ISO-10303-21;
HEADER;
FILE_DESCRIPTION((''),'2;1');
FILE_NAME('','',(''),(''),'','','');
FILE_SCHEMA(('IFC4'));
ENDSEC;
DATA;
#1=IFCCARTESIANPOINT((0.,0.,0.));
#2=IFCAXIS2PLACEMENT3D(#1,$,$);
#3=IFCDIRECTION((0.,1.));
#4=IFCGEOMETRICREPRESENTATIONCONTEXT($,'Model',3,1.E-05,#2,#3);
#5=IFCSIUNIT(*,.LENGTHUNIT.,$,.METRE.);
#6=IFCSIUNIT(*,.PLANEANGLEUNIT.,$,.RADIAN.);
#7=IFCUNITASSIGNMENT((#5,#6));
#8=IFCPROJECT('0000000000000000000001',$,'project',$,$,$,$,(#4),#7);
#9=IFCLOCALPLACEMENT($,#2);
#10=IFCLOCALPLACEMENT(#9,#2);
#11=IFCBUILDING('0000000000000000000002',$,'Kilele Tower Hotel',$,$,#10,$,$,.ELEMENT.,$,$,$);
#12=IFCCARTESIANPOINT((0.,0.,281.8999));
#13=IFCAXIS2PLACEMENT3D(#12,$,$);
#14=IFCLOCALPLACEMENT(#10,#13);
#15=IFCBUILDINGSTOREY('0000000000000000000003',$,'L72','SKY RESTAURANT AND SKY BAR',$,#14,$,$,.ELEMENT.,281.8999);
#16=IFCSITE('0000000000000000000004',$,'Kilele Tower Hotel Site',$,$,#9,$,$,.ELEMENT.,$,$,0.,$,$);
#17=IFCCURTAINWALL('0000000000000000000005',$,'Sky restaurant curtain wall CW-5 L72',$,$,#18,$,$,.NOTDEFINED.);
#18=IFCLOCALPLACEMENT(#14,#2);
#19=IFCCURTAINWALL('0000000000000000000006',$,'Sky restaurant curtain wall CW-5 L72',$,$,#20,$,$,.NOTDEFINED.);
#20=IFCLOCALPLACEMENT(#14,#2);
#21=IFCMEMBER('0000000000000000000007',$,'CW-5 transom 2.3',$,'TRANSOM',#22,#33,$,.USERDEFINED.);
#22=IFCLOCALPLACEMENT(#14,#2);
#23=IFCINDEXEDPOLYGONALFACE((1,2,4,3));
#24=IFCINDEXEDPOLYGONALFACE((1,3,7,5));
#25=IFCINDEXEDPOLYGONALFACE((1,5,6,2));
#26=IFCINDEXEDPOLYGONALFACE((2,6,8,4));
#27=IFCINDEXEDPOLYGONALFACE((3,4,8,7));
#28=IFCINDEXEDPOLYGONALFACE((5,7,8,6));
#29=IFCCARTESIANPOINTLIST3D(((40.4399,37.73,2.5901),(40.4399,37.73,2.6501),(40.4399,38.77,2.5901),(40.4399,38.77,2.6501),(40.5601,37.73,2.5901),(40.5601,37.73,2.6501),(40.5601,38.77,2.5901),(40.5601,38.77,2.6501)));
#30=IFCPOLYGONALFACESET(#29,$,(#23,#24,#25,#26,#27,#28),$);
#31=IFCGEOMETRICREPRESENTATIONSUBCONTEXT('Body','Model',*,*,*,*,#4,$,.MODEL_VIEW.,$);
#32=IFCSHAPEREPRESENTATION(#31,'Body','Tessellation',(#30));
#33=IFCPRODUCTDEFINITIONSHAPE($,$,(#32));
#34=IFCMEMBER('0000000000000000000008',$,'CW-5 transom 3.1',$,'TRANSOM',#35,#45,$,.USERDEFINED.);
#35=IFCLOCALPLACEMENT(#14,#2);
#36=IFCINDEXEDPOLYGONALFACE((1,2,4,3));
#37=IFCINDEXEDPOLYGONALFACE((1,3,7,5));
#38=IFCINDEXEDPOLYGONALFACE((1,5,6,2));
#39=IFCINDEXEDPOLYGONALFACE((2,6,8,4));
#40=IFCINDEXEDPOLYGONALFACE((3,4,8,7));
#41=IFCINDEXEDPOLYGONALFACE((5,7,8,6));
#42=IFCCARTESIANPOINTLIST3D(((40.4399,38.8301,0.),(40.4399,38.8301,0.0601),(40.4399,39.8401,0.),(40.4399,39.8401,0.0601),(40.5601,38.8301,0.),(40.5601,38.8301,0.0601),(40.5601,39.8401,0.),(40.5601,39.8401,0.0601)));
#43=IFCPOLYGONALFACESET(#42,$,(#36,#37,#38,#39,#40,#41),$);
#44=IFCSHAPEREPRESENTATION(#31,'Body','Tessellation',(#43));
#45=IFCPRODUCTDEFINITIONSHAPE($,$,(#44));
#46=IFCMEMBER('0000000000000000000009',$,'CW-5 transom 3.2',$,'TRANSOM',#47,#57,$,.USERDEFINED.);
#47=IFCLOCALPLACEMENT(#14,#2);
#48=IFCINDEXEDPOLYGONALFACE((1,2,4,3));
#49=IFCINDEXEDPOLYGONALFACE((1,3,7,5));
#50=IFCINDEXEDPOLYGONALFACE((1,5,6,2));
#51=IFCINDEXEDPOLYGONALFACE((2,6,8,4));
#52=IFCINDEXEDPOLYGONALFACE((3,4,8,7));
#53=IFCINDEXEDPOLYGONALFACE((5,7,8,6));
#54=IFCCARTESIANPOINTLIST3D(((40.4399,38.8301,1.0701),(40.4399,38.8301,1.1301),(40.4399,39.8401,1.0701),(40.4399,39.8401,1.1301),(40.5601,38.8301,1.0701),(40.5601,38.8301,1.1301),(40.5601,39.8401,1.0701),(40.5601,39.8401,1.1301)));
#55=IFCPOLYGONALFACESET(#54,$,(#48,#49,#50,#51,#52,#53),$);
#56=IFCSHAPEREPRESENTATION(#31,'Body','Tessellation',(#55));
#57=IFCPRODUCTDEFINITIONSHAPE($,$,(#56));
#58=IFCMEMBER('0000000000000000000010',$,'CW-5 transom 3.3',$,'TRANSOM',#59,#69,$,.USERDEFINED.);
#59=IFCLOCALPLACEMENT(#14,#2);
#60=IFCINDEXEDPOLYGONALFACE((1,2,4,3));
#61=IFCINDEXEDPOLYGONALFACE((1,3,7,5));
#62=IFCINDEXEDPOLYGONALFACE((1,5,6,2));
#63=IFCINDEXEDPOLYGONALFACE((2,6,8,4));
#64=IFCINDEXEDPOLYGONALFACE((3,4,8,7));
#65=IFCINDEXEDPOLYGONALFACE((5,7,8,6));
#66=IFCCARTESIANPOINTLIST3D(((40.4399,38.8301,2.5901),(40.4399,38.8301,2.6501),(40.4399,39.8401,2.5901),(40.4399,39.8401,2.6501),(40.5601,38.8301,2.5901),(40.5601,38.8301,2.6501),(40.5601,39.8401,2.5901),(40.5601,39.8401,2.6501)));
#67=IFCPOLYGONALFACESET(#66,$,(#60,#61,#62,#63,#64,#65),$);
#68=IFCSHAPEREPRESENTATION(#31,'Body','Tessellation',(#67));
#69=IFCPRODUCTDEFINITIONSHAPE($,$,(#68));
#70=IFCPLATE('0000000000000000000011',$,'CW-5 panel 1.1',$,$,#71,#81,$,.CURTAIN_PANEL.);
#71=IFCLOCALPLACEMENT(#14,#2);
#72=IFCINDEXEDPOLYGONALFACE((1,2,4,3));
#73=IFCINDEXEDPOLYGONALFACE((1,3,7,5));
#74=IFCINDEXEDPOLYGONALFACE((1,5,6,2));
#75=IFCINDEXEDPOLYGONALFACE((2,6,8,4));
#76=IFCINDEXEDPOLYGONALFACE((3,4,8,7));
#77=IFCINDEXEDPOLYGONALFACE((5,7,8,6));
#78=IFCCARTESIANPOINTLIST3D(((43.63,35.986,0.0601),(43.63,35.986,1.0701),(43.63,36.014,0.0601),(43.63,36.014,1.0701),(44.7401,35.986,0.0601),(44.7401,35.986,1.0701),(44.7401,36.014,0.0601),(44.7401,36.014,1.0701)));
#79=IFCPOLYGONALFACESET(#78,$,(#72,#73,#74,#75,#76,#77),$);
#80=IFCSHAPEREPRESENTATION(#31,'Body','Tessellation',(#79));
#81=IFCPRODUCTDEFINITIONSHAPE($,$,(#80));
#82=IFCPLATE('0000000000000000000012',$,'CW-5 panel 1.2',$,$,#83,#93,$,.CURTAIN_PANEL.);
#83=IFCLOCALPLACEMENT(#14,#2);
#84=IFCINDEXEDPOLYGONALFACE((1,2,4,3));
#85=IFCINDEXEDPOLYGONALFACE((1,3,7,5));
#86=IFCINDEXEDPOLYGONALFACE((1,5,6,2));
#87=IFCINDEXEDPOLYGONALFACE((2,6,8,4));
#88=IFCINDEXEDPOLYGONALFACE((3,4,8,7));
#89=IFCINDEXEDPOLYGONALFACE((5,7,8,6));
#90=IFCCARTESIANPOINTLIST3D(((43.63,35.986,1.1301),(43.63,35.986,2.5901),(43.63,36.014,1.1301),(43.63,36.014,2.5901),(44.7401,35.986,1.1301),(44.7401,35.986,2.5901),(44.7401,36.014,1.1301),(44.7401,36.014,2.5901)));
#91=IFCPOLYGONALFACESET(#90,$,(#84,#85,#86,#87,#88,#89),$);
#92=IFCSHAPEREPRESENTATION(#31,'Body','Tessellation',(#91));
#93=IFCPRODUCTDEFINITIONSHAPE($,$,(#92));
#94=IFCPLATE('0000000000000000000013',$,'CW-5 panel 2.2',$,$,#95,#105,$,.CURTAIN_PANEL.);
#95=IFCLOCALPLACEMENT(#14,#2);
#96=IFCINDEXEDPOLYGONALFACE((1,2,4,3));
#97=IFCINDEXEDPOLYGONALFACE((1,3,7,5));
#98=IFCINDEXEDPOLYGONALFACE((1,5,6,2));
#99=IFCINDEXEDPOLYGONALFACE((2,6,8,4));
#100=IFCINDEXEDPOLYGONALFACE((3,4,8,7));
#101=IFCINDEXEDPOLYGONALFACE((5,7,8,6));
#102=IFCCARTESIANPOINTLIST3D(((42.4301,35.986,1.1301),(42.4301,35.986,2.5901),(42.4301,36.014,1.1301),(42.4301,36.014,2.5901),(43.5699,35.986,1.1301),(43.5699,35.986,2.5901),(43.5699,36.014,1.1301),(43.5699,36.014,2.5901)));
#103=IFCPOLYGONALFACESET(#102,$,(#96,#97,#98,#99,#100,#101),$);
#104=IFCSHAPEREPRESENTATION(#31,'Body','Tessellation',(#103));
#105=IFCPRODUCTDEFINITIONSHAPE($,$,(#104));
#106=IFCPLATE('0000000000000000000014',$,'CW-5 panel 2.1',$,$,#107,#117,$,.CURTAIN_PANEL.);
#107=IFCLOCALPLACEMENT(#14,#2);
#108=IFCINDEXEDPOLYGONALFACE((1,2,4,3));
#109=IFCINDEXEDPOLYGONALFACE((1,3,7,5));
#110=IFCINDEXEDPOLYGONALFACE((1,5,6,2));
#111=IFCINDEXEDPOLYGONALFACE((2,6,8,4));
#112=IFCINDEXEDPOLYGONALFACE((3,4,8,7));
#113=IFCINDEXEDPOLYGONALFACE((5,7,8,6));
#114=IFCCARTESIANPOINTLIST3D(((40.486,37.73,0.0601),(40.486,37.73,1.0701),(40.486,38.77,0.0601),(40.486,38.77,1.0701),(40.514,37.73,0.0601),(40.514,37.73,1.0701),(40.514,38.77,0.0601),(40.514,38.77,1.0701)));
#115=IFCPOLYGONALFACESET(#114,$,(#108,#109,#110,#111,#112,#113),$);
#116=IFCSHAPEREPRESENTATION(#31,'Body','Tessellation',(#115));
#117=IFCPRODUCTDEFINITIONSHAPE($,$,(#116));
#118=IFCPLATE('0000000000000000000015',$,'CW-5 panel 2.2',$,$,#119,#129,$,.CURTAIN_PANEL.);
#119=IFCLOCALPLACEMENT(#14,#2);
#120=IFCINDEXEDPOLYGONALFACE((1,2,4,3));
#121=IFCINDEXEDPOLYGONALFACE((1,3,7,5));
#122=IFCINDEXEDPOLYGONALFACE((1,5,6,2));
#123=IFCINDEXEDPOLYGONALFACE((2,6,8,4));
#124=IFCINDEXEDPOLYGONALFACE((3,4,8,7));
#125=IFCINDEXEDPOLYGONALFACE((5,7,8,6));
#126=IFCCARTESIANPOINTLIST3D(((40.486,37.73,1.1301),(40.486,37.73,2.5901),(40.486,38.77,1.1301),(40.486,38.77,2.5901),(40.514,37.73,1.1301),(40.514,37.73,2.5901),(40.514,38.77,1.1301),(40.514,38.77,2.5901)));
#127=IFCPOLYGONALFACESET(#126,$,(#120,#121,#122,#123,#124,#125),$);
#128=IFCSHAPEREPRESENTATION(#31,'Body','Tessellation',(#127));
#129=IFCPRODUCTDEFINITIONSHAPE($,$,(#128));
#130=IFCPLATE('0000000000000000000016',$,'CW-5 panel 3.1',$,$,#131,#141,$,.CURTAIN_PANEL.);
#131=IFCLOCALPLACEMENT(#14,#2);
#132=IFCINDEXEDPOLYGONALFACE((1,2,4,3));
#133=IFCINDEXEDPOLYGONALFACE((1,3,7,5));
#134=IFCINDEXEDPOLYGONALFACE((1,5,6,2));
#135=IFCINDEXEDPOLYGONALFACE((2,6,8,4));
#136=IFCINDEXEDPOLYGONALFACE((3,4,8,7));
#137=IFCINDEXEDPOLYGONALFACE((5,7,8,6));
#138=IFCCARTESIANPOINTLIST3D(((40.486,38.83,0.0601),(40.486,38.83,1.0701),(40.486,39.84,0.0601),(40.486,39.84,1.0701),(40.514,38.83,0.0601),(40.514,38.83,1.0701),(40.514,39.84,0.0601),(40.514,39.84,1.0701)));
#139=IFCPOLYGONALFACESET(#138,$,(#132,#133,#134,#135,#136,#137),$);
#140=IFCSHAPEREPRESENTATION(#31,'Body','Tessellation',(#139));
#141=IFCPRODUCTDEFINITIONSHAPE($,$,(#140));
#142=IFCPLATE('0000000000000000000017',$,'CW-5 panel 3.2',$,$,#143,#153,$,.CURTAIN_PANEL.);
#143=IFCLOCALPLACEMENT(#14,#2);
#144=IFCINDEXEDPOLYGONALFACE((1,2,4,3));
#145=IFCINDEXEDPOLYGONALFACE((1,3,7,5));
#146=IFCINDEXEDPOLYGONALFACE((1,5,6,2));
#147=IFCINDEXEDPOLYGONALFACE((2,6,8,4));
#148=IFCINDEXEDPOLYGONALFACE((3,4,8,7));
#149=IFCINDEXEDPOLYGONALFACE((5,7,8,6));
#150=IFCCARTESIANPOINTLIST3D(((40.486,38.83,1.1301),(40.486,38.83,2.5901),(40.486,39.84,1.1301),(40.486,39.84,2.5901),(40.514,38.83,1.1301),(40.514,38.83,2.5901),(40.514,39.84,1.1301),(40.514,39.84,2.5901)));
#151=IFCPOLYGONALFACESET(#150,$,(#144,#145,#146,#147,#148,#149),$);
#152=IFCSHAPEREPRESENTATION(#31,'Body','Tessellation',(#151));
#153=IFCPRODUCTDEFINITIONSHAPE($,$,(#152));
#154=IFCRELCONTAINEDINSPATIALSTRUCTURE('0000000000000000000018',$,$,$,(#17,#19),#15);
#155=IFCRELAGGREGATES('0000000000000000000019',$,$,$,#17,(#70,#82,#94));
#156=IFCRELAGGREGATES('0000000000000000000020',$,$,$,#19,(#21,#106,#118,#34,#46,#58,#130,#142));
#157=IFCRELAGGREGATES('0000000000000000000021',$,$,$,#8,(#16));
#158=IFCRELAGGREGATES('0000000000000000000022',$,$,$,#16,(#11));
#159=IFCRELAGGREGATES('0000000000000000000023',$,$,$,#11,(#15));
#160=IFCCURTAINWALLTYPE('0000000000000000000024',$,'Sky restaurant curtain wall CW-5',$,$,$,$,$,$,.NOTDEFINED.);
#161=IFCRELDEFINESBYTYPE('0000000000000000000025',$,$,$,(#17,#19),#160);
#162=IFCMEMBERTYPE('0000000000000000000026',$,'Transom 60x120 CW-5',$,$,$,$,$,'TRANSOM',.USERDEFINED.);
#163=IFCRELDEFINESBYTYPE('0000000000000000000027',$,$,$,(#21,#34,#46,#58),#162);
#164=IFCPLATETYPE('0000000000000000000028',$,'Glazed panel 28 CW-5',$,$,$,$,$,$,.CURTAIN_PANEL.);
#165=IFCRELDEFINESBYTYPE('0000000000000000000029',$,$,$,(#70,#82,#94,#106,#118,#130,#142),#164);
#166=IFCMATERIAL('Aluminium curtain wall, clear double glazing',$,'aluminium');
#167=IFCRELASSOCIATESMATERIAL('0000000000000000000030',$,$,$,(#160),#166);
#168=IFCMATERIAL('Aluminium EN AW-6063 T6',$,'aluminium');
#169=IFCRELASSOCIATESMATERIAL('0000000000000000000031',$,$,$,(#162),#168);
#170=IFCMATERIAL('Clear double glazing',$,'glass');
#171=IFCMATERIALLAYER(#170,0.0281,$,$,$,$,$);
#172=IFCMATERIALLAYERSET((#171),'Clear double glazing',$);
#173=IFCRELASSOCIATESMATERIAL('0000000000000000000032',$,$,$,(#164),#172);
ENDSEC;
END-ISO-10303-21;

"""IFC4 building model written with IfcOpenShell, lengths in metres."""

from ifc_helpers import new_model, si_unit, direction, frame, origin, origin_2d, place, context, subcontext, project, spatial, rectangle, extrude, material, layer, layer_set, material_profile, profile_set, type_object, element, aggregate, save


model = new_model("IFC4")

# Units and contexts
model_context = context("Model", 3, precision=1e-05, world=origin(), true_north=direction((0.0, 1.0)))
body_context = subcontext(model_context, "Body", "Model", "MODEL_VIEW")
ifc_project = project(units=[si_unit("LENGTHUNIT", "METRE"), si_unit("PLANEANGLEUNIT", "RADIAN")], contexts=[model_context])

# Site, building, storey
site_placement = place(None, origin())
site = spatial("IfcSite", under=ifc_project, at=site_placement, Name="Kilele Tower Hotel Site", CompositionType="ELEMENT", RefElevation=0.0)
building_placement = place(site_placement, origin())
building = spatial("IfcBuilding", under=site, at=building_placement, Name="Kilele Tower Hotel", CompositionType="ELEMENT")
storey_placement = place(building_placement, frame((0.0, 0.0, 281.8999)))
storey = spatial("IfcBuildingStorey", under=building, at=storey_placement, Name="L72", Description="SKY RESTAURANT AND SKY BAR", CompositionType="ELEMENT", Elevation=281.8999)

# Curtain walls
ifc_material_1 = material(Name="Aluminium curtain wall, clear double glazing", Category="aluminium")
curtain_wall_type = type_object("IfcCurtainWallType", Name="Sky restaurant curtain wall CW-5", PredefinedType="NOTDEFINED", material=ifc_material_1)
curtain_wall_1_placement = place(storey_placement, origin())
curtain_wall_1 = element("IfcCurtainWall", 1, at=curtain_wall_1_placement, inside=storey, type_object=curtain_wall_type, Name="Sky restaurant curtain wall CW-5 L72", PredefinedType="NOTDEFINED")
curtain_wall_2_placement = place(storey_placement, origin())
curtain_wall_2 = element("IfcCurtainWall", 2, at=curtain_wall_2_placement, inside=storey, type_object=curtain_wall_type, Name="Sky restaurant curtain wall CW-5 L72", PredefinedType="NOTDEFINED")

# Members
ifc_material_2 = material(Name="Aluminium EN AW-6063 T6", Category="aluminium")
ifc_material_profile_1 = material_profile(ifc_material_2, rectangle(XDim=0.1201, YDim=0.0601, at=origin_2d()))
ifc_profile_set_1 = profile_set([ifc_material_profile_1], Name="Aluminium EN AW-6063 T6")
member_type_1 = type_object("IfcMemberType", Name="Transom 60x120 CW-5", ElementType="TRANSOM", PredefinedType="USERDEFINED", material=ifc_profile_set_1)
member_1_placement = place(storey_placement, frame((40.5, 37.73, 2.6201), z_axis=(0.0, 1.0, 0.0), x_axis=(-1.0, 0.0, 0.0)))
member_1 = element("IfcMember", 3, at=member_1_placement, type_object=member_type_1, Name="CW-5 transom 2.3", ObjectType="TRANSOM", PredefinedType="USERDEFINED", context=body_context, shape_type="SweptSolid", body=[
    extrude(rectangle(XDim=0.1201, YDim=0.0601, at=origin_2d()), origin(), (0.0, 0.0, 1.0), 1.04),
])
member_2_placement = place(storey_placement, frame((40.5, 38.8301, 0.03), z_axis=(0.0, 1.0, 0.0), x_axis=(-1.0, 0.0, 0.0)))
member_2 = element("IfcMember", 4, at=member_2_placement, type_object=member_type_1, Name="CW-5 transom 3.1", ObjectType="TRANSOM", PredefinedType="USERDEFINED", context=body_context, shape_type="SweptSolid", body=[
    extrude(rectangle(XDim=0.1201, YDim=0.0601, at=origin_2d()), origin(), (0.0, 0.0, 1.0), 1.01),
])
member_3_placement = place(storey_placement, frame((40.5, 38.8301, 1.1001), z_axis=(0.0, 1.0, 0.0), x_axis=(-1.0, 0.0, 0.0)))
member_3 = element("IfcMember", 5, at=member_3_placement, type_object=member_type_1, Name="CW-5 transom 3.2", ObjectType="TRANSOM", PredefinedType="USERDEFINED", context=body_context, shape_type="SweptSolid", body=[
    extrude(rectangle(XDim=0.1201, YDim=0.0601, at=origin_2d()), origin(), (0.0, 0.0, 1.0), 1.01),
])
member_4_placement = place(storey_placement, frame((40.5, 38.8301, 2.6201), z_axis=(0.0, 1.0, 0.0), x_axis=(-1.0, 0.0, 0.0)))
member_4 = element("IfcMember", 6, at=member_4_placement, type_object=member_type_1, Name="CW-5 transom 3.3", ObjectType="TRANSOM", PredefinedType="USERDEFINED", context=body_context, shape_type="SweptSolid", body=[
    extrude(rectangle(XDim=0.1201, YDim=0.0601, at=origin_2d()), origin(), (0.0, 0.0, 1.0), 1.01),
])

# Plates
ifc_material_3 = material(Name="Clear double glazing", Category="glass")
ifc_layer = layer(ifc_material_3, 0.0281)
ifc_layer_set = layer_set([ifc_layer], Name="Clear double glazing")
plate_type = type_object("IfcPlateType", Name="Glazed panel 28 CW-5", PredefinedType="CURTAIN_PANEL", material=ifc_layer_set)
plate_1_placement = place(storey_placement, frame((44.1851, 36.0, 0.0601), z_axis=(0.0, 0.0, 1.0), x_axis=(-1.0, 0.0, 0.0)))
plate_1 = element("IfcPlate", 7, at=plate_1_placement, type_object=plate_type, Name="CW-5 panel 1.1", PredefinedType="CURTAIN_PANEL", context=body_context, shape_type="SweptSolid", body=[
    extrude(rectangle(XDim=1.1101, YDim=0.0281, at=origin_2d()), origin(), (0.0, 0.0, 1.0), 1.01),
])
plate_2_placement = place(storey_placement, frame((44.1851, 36.0, 1.1301), z_axis=(0.0, 0.0, 1.0), x_axis=(-1.0, 0.0, 0.0)))
plate_2 = element("IfcPlate", 8, at=plate_2_placement, type_object=plate_type, Name="CW-5 panel 1.2", PredefinedType="CURTAIN_PANEL", context=body_context, shape_type="SweptSolid", body=[
    extrude(rectangle(XDim=1.1101, YDim=0.0281, at=origin_2d()), origin(), (0.0, 0.0, 1.0), 1.46),
])
plate_3_placement = place(storey_placement, frame((43.0, 36.0, 1.1301), z_axis=(0.0, 0.0, 1.0), x_axis=(-1.0, 0.0, 0.0)))
plate_3 = element("IfcPlate", 9, at=plate_3_placement, type_object=plate_type, Name="CW-5 panel 2.2", PredefinedType="CURTAIN_PANEL", context=body_context, shape_type="SweptSolid", body=[
    extrude(rectangle(XDim=1.1399, YDim=0.0281, at=origin_2d()), origin(), (0.0, 0.0, 1.0), 1.46),
])
aggregate(curtain_wall_1, [plate_1, plate_2, plate_3])
plate_4_placement = place(storey_placement, frame((40.5, 38.25, 0.0601), z_axis=(0.0, 0.0, 1.0), x_axis=(0.0, 1.0, 0.0)))
plate_4 = element("IfcPlate", 10, at=plate_4_placement, type_object=plate_type, Name="CW-5 panel 2.1", PredefinedType="CURTAIN_PANEL", context=body_context, shape_type="SweptSolid", body=[
    extrude(rectangle(XDim=1.04, YDim=0.0281, at=origin_2d()), origin(), (0.0, 0.0, 1.0), 1.01),
])
plate_5_placement = place(storey_placement, frame((40.5, 38.25, 1.1301), z_axis=(0.0, 0.0, 1.0), x_axis=(0.0, 1.0, 0.0)))
plate_5 = element("IfcPlate", 11, at=plate_5_placement, type_object=plate_type, Name="CW-5 panel 2.2", PredefinedType="CURTAIN_PANEL", context=body_context, shape_type="SweptSolid", body=[
    extrude(rectangle(XDim=1.04, YDim=0.0281, at=origin_2d()), origin(), (0.0, 0.0, 1.0), 1.46),
])
plate_6_placement = place(storey_placement, frame((40.5, 39.335, 0.0601), z_axis=(0.0, 0.0, 1.0), x_axis=(0.0, 1.0, 0.0)))
plate_6 = element("IfcPlate", 12, at=plate_6_placement, type_object=plate_type, Name="CW-5 panel 3.1", PredefinedType="CURTAIN_PANEL", context=body_context, shape_type="SweptSolid", body=[
    extrude(rectangle(XDim=1.01, YDim=0.0281, at=origin_2d()), origin(), (0.0, 0.0, 1.0), 1.01),
])
plate_7_placement = place(storey_placement, frame((40.5, 39.335, 1.1301), z_axis=(0.0, 0.0, 1.0), x_axis=(0.0, 1.0, 0.0)))
plate_7 = element("IfcPlate", 13, at=plate_7_placement, type_object=plate_type, Name="CW-5 panel 3.2", PredefinedType="CURTAIN_PANEL", context=body_context, shape_type="SweptSolid", body=[
    extrude(rectangle(XDim=1.01, YDim=0.0281, at=origin_2d()), origin(), (0.0, 0.0, 1.0), 1.46),
])
aggregate(curtain_wall_2, [member_1, plate_4, plate_5, member_2, member_3, member_4, plate_6, plate_7])

save(model, "model.ifc")
